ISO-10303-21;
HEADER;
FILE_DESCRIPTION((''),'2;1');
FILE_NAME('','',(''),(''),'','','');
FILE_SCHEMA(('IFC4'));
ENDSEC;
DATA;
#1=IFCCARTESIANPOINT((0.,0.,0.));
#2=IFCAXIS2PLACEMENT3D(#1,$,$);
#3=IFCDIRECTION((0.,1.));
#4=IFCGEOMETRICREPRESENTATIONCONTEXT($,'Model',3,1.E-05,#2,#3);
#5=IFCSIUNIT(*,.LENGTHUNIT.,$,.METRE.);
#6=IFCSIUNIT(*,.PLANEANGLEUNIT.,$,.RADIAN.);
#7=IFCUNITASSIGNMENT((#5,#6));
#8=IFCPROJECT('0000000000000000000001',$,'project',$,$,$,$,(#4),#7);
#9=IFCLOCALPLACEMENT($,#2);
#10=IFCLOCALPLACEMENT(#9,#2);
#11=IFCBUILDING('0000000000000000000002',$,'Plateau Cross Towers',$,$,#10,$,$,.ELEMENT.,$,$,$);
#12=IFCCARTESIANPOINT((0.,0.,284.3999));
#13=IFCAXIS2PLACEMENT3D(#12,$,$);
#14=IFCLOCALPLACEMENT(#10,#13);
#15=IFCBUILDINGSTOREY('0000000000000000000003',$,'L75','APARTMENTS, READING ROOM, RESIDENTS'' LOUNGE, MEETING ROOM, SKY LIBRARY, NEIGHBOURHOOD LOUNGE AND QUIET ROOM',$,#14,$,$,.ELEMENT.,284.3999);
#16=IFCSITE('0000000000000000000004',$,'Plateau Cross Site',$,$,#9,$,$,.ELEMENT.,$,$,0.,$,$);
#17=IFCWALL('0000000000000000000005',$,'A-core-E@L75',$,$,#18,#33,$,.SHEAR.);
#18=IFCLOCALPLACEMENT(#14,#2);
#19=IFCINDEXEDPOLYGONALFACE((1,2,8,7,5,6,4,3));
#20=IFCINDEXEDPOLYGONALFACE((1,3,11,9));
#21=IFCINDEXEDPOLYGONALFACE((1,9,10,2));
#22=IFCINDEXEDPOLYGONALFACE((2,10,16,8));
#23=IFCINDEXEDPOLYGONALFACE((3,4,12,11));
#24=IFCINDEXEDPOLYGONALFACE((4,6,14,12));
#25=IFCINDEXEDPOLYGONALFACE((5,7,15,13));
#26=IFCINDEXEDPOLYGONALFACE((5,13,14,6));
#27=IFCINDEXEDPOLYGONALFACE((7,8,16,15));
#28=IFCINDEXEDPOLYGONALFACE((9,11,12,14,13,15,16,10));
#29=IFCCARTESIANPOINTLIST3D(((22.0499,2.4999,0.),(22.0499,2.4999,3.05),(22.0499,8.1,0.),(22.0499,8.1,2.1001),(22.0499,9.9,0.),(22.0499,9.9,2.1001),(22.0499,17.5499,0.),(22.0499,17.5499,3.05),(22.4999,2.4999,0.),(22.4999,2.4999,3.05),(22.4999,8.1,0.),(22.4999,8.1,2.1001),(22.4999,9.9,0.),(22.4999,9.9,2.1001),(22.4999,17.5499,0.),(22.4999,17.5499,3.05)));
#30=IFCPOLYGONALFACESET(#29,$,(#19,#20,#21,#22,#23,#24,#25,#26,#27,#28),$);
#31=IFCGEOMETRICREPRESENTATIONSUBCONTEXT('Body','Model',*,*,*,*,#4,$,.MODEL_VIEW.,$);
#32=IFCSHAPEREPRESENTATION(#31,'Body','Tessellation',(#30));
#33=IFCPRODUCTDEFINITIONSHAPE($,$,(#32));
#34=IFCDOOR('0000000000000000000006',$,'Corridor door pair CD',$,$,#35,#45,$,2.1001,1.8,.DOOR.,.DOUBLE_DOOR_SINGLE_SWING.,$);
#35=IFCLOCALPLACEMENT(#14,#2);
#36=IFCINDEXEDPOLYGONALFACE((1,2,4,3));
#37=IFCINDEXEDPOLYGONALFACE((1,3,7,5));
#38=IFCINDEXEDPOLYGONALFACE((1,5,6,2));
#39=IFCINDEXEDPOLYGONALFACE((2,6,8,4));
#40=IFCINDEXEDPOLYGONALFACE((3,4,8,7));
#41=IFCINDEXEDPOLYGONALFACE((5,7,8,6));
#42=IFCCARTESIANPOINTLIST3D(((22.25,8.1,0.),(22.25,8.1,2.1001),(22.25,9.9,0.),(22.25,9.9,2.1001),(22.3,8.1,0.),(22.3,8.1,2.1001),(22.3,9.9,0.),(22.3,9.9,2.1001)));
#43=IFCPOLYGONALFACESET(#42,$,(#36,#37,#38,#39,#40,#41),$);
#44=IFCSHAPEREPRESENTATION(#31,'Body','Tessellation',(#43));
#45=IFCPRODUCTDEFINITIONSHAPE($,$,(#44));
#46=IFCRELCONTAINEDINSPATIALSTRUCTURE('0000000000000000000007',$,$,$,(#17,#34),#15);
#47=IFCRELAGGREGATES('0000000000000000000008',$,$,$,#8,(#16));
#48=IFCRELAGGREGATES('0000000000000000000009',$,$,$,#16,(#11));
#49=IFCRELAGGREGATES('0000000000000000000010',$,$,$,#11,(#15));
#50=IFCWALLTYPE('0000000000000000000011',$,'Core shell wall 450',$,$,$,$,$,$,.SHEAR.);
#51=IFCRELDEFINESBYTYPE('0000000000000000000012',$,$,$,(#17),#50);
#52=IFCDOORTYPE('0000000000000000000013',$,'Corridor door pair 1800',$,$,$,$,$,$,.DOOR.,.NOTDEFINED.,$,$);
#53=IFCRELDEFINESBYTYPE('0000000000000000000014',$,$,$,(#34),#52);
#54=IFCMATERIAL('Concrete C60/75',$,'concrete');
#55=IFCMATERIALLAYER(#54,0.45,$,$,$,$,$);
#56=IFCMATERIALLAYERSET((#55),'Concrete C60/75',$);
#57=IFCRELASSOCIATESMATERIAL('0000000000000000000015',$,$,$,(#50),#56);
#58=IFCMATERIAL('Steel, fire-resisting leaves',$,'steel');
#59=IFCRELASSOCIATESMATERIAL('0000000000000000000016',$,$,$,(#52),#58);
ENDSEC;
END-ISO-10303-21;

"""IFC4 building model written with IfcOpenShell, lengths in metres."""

from ifc_helpers import new_model, si_unit, direction, frame, frame_2d, origin, place, context, subcontext, project, spatial, rectangle, extrude, material, layer, layer_set, type_object, element, fill, save


model = new_model("IFC4")

# Units and contexts
model_context = context("Model", 3, precision=1e-05, world=origin(), true_north=direction((0.0, 1.0)))
body_context = subcontext(model_context, "Body", "Model", "MODEL_VIEW")
ifc_project = project(units=[si_unit("LENGTHUNIT", "METRE"), si_unit("PLANEANGLEUNIT", "RADIAN")], contexts=[model_context])

# Site, building, storey
site_placement = place(None, origin())
site = spatial("IfcSite", under=ifc_project, at=site_placement, Name="Plateau Cross Site", CompositionType="ELEMENT", RefElevation=0.0)
building_placement = place(site_placement, origin())
building = spatial("IfcBuilding", under=site, at=building_placement, Name="Plateau Cross Towers", CompositionType="ELEMENT")
storey_placement = place(building_placement, frame((0.0, 0.0, 284.3999)))
storey = spatial("IfcBuildingStorey", under=building, at=storey_placement, Name="L75", Description="APARTMENTS, READING ROOM, RESIDENTS' LOUNGE, MEETING ROOM, SKY LIBRARY, NEIGHBOURHOOD LOUNGE AND QUIET ROOM", CompositionType="ELEMENT", Elevation=284.3999)

# Shared definitions
ifc_material_1 = material(Name="Concrete C60/75", Category="concrete")

# Wall, opening, door
ifc_layer_1 = layer(ifc_material_1, 0.45)
ifc_layer_set_1 = layer_set([ifc_layer_1], Name="Concrete C60/75")
wall_type_1 = type_object("IfcWallType", Name="Core shell wall 450", PredefinedType="SHEAR", material=ifc_layer_set_1)
wall_1_placement = place(storey_placement, frame((22.2749, 2.5, 0.0), z_axis=(0.0, 0.0, 1.0), x_axis=(0.0, 1.0, 0.0)))
wall_1 = element("IfcWall", 1, at=wall_1_placement, inside=storey, type_object=wall_type_1, Name="A-core-E@L75", PredefinedType="SHEAR", context=body_context, shape_type="SweptSolid", body=[
    extrude(rectangle(XDim=15.05, YDim=0.45, at=frame_2d((7.5249, 0.0))), origin(), (0.0, 0.0, 1.0), 3.05),
])
opening_placement = place(wall_1_placement, frame((5.6001, 0.0, 0.0)))
opening = element("IfcOpeningElement", 2, at=opening_placement, cuts=wall_1, PredefinedType="OPENING", context=body_context, shape_type="SweptSolid", body=[
    extrude(rectangle(XDim=1.8, YDim=2.1001, at=frame_2d((0.8999, 1.05))), frame((0.0, 0.2349, 0.0), z_axis=(0.0, -1.0, 0.0), x_axis=(1.0, 0.0, 0.0)), (0.0, 0.0, 1.0), 0.47),
])
ifc_material_2 = material(Name="Steel, fire-resisting leaves", Category="steel")
door_type = type_object("IfcDoorType", Name="Corridor door pair 1800", OperationType="NOTDEFINED", PredefinedType="DOOR", material=ifc_material_2)
door_placement = place(opening_placement, origin())
door = element("IfcDoor", 3, at=door_placement, inside=storey, type_object=door_type, Name="Corridor door pair CD", OperationType="DOUBLE_DOOR_SINGLE_SWING", OverallHeight=2.1001, OverallWidth=1.8, PredefinedType="DOOR", context=body_context, shape_type="SweptSolid", body=[
    extrude(rectangle(XDim=1.8, YDim=2.1001, at=frame_2d((0.8999, 1.05))), frame((0.0, 0.0249, 0.0), z_axis=(0.0, -1.0, 0.0), x_axis=(1.0, 0.0, 0.0)), (0.0, 0.0, 1.0), 0.05),
])
fill(opening, door)

save(model, "model.ifc")
